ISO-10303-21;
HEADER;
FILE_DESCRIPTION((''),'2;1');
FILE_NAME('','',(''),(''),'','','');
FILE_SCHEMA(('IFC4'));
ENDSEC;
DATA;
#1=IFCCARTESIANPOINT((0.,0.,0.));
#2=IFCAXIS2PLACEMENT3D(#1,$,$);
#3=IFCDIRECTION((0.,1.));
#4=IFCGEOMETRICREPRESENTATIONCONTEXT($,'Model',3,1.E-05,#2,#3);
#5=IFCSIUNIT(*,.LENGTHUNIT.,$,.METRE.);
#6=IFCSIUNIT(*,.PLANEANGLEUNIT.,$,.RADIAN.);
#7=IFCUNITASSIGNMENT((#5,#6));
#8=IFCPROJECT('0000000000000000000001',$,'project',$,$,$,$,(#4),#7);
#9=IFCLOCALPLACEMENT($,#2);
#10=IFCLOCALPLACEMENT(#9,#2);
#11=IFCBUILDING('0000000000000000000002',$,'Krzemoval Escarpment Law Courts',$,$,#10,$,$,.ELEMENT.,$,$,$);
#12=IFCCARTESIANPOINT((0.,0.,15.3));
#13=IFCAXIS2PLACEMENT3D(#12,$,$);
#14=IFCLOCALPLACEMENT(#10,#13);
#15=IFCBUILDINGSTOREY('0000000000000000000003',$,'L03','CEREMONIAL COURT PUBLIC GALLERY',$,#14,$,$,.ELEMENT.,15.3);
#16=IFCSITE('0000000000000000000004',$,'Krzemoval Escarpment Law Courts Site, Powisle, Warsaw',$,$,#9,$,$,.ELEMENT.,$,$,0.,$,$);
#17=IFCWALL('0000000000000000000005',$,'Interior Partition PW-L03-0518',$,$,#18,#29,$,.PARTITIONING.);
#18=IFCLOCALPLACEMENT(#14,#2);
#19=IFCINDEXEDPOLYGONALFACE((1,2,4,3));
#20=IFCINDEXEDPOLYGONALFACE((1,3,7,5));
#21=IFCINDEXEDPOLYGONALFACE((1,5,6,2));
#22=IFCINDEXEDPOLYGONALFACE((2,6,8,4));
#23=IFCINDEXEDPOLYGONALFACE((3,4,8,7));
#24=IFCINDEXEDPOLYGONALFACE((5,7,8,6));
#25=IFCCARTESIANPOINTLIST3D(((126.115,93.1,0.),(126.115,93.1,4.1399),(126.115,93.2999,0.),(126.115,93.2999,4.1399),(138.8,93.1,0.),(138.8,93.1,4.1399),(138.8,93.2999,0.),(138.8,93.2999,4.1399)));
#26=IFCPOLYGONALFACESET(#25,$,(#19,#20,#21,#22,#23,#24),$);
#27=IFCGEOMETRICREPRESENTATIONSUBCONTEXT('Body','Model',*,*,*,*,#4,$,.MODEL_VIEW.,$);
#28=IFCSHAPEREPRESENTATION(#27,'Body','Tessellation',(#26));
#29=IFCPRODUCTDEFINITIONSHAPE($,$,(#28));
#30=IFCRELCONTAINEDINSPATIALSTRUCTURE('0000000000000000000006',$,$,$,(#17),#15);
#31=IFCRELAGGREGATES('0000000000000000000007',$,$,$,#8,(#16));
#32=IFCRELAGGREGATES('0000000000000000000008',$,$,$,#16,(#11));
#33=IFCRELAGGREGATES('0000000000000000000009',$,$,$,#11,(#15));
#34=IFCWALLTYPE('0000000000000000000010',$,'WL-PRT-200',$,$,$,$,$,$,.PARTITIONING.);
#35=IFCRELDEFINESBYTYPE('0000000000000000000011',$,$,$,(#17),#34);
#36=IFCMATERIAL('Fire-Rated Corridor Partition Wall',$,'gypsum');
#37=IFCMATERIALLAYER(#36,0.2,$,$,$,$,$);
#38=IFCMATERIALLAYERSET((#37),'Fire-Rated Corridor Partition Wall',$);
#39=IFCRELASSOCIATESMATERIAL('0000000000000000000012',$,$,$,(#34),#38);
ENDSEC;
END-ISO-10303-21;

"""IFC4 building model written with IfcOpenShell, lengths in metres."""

from ifc_helpers import new_model, si_unit, direction, frame, frame_2d, origin, place, context, subcontext, project, spatial, rectangle, extrude, material, layer, layer_set, type_object, element, save


model = new_model("IFC4")

# Units and contexts
model_context = context("Model", 3, precision=1e-05, world=origin(), true_north=direction((0.0, 1.0)))
body_context = subcontext(model_context, "Body", "Model", "MODEL_VIEW")
ifc_project = project(units=[si_unit("LENGTHUNIT", "METRE"), si_unit("PLANEANGLEUNIT", "RADIAN")], contexts=[model_context])

# Site, building, storey
site_placement = place(None, origin())
site = spatial("IfcSite", under=ifc_project, at=site_placement, Name="Krzemoval Escarpment Law Courts Site, Powisle, Warsaw", CompositionType="ELEMENT", RefElevation=0.0)
building_placement = place(site_placement, origin())
building = spatial("IfcBuilding", under=site, at=building_placement, Name="Krzemoval Escarpment Law Courts", CompositionType="ELEMENT")
storey_placement = place(building_placement, frame((0.0, 0.0, 15.3)))
storey = spatial("IfcBuildingStorey", under=building, at=storey_placement, Name="L03", Description="CEREMONIAL COURT PUBLIC GALLERY", CompositionType="ELEMENT", Elevation=15.3)

# Wall
ifc_material_1 = material(Name="Fire-Rated Corridor Partition Wall", Category="gypsum")
ifc_layer_1 = layer(ifc_material_1, 0.2)
ifc_layer_set_1 = layer_set([ifc_layer_1], Name="Fire-Rated Corridor Partition Wall")
wall_type_1 = type_object("IfcWallType", Name="WL-PRT-200", PredefinedType="PARTITIONING", material=ifc_layer_set_1)
wall_1_placement = place(storey_placement, frame((126.115, 93.2, 0.0), z_axis=(0.0, 0.0, 1.0), x_axis=(1.0, 0.0, 0.0)))
element("IfcWall", 1, at=wall_1_placement, inside=storey, type_object=wall_type_1, Name="Interior Partition PW-L03-0518", PredefinedType="PARTITIONING", context=body_context, shape_type="SweptSolid", body=[
    extrude(rectangle(XDim=12.6851, YDim=0.2, at=frame_2d((6.3425, 0.0))), origin(), (0.0, 0.0, 1.0), 4.1399),
])

save(model, "model.ifc")
